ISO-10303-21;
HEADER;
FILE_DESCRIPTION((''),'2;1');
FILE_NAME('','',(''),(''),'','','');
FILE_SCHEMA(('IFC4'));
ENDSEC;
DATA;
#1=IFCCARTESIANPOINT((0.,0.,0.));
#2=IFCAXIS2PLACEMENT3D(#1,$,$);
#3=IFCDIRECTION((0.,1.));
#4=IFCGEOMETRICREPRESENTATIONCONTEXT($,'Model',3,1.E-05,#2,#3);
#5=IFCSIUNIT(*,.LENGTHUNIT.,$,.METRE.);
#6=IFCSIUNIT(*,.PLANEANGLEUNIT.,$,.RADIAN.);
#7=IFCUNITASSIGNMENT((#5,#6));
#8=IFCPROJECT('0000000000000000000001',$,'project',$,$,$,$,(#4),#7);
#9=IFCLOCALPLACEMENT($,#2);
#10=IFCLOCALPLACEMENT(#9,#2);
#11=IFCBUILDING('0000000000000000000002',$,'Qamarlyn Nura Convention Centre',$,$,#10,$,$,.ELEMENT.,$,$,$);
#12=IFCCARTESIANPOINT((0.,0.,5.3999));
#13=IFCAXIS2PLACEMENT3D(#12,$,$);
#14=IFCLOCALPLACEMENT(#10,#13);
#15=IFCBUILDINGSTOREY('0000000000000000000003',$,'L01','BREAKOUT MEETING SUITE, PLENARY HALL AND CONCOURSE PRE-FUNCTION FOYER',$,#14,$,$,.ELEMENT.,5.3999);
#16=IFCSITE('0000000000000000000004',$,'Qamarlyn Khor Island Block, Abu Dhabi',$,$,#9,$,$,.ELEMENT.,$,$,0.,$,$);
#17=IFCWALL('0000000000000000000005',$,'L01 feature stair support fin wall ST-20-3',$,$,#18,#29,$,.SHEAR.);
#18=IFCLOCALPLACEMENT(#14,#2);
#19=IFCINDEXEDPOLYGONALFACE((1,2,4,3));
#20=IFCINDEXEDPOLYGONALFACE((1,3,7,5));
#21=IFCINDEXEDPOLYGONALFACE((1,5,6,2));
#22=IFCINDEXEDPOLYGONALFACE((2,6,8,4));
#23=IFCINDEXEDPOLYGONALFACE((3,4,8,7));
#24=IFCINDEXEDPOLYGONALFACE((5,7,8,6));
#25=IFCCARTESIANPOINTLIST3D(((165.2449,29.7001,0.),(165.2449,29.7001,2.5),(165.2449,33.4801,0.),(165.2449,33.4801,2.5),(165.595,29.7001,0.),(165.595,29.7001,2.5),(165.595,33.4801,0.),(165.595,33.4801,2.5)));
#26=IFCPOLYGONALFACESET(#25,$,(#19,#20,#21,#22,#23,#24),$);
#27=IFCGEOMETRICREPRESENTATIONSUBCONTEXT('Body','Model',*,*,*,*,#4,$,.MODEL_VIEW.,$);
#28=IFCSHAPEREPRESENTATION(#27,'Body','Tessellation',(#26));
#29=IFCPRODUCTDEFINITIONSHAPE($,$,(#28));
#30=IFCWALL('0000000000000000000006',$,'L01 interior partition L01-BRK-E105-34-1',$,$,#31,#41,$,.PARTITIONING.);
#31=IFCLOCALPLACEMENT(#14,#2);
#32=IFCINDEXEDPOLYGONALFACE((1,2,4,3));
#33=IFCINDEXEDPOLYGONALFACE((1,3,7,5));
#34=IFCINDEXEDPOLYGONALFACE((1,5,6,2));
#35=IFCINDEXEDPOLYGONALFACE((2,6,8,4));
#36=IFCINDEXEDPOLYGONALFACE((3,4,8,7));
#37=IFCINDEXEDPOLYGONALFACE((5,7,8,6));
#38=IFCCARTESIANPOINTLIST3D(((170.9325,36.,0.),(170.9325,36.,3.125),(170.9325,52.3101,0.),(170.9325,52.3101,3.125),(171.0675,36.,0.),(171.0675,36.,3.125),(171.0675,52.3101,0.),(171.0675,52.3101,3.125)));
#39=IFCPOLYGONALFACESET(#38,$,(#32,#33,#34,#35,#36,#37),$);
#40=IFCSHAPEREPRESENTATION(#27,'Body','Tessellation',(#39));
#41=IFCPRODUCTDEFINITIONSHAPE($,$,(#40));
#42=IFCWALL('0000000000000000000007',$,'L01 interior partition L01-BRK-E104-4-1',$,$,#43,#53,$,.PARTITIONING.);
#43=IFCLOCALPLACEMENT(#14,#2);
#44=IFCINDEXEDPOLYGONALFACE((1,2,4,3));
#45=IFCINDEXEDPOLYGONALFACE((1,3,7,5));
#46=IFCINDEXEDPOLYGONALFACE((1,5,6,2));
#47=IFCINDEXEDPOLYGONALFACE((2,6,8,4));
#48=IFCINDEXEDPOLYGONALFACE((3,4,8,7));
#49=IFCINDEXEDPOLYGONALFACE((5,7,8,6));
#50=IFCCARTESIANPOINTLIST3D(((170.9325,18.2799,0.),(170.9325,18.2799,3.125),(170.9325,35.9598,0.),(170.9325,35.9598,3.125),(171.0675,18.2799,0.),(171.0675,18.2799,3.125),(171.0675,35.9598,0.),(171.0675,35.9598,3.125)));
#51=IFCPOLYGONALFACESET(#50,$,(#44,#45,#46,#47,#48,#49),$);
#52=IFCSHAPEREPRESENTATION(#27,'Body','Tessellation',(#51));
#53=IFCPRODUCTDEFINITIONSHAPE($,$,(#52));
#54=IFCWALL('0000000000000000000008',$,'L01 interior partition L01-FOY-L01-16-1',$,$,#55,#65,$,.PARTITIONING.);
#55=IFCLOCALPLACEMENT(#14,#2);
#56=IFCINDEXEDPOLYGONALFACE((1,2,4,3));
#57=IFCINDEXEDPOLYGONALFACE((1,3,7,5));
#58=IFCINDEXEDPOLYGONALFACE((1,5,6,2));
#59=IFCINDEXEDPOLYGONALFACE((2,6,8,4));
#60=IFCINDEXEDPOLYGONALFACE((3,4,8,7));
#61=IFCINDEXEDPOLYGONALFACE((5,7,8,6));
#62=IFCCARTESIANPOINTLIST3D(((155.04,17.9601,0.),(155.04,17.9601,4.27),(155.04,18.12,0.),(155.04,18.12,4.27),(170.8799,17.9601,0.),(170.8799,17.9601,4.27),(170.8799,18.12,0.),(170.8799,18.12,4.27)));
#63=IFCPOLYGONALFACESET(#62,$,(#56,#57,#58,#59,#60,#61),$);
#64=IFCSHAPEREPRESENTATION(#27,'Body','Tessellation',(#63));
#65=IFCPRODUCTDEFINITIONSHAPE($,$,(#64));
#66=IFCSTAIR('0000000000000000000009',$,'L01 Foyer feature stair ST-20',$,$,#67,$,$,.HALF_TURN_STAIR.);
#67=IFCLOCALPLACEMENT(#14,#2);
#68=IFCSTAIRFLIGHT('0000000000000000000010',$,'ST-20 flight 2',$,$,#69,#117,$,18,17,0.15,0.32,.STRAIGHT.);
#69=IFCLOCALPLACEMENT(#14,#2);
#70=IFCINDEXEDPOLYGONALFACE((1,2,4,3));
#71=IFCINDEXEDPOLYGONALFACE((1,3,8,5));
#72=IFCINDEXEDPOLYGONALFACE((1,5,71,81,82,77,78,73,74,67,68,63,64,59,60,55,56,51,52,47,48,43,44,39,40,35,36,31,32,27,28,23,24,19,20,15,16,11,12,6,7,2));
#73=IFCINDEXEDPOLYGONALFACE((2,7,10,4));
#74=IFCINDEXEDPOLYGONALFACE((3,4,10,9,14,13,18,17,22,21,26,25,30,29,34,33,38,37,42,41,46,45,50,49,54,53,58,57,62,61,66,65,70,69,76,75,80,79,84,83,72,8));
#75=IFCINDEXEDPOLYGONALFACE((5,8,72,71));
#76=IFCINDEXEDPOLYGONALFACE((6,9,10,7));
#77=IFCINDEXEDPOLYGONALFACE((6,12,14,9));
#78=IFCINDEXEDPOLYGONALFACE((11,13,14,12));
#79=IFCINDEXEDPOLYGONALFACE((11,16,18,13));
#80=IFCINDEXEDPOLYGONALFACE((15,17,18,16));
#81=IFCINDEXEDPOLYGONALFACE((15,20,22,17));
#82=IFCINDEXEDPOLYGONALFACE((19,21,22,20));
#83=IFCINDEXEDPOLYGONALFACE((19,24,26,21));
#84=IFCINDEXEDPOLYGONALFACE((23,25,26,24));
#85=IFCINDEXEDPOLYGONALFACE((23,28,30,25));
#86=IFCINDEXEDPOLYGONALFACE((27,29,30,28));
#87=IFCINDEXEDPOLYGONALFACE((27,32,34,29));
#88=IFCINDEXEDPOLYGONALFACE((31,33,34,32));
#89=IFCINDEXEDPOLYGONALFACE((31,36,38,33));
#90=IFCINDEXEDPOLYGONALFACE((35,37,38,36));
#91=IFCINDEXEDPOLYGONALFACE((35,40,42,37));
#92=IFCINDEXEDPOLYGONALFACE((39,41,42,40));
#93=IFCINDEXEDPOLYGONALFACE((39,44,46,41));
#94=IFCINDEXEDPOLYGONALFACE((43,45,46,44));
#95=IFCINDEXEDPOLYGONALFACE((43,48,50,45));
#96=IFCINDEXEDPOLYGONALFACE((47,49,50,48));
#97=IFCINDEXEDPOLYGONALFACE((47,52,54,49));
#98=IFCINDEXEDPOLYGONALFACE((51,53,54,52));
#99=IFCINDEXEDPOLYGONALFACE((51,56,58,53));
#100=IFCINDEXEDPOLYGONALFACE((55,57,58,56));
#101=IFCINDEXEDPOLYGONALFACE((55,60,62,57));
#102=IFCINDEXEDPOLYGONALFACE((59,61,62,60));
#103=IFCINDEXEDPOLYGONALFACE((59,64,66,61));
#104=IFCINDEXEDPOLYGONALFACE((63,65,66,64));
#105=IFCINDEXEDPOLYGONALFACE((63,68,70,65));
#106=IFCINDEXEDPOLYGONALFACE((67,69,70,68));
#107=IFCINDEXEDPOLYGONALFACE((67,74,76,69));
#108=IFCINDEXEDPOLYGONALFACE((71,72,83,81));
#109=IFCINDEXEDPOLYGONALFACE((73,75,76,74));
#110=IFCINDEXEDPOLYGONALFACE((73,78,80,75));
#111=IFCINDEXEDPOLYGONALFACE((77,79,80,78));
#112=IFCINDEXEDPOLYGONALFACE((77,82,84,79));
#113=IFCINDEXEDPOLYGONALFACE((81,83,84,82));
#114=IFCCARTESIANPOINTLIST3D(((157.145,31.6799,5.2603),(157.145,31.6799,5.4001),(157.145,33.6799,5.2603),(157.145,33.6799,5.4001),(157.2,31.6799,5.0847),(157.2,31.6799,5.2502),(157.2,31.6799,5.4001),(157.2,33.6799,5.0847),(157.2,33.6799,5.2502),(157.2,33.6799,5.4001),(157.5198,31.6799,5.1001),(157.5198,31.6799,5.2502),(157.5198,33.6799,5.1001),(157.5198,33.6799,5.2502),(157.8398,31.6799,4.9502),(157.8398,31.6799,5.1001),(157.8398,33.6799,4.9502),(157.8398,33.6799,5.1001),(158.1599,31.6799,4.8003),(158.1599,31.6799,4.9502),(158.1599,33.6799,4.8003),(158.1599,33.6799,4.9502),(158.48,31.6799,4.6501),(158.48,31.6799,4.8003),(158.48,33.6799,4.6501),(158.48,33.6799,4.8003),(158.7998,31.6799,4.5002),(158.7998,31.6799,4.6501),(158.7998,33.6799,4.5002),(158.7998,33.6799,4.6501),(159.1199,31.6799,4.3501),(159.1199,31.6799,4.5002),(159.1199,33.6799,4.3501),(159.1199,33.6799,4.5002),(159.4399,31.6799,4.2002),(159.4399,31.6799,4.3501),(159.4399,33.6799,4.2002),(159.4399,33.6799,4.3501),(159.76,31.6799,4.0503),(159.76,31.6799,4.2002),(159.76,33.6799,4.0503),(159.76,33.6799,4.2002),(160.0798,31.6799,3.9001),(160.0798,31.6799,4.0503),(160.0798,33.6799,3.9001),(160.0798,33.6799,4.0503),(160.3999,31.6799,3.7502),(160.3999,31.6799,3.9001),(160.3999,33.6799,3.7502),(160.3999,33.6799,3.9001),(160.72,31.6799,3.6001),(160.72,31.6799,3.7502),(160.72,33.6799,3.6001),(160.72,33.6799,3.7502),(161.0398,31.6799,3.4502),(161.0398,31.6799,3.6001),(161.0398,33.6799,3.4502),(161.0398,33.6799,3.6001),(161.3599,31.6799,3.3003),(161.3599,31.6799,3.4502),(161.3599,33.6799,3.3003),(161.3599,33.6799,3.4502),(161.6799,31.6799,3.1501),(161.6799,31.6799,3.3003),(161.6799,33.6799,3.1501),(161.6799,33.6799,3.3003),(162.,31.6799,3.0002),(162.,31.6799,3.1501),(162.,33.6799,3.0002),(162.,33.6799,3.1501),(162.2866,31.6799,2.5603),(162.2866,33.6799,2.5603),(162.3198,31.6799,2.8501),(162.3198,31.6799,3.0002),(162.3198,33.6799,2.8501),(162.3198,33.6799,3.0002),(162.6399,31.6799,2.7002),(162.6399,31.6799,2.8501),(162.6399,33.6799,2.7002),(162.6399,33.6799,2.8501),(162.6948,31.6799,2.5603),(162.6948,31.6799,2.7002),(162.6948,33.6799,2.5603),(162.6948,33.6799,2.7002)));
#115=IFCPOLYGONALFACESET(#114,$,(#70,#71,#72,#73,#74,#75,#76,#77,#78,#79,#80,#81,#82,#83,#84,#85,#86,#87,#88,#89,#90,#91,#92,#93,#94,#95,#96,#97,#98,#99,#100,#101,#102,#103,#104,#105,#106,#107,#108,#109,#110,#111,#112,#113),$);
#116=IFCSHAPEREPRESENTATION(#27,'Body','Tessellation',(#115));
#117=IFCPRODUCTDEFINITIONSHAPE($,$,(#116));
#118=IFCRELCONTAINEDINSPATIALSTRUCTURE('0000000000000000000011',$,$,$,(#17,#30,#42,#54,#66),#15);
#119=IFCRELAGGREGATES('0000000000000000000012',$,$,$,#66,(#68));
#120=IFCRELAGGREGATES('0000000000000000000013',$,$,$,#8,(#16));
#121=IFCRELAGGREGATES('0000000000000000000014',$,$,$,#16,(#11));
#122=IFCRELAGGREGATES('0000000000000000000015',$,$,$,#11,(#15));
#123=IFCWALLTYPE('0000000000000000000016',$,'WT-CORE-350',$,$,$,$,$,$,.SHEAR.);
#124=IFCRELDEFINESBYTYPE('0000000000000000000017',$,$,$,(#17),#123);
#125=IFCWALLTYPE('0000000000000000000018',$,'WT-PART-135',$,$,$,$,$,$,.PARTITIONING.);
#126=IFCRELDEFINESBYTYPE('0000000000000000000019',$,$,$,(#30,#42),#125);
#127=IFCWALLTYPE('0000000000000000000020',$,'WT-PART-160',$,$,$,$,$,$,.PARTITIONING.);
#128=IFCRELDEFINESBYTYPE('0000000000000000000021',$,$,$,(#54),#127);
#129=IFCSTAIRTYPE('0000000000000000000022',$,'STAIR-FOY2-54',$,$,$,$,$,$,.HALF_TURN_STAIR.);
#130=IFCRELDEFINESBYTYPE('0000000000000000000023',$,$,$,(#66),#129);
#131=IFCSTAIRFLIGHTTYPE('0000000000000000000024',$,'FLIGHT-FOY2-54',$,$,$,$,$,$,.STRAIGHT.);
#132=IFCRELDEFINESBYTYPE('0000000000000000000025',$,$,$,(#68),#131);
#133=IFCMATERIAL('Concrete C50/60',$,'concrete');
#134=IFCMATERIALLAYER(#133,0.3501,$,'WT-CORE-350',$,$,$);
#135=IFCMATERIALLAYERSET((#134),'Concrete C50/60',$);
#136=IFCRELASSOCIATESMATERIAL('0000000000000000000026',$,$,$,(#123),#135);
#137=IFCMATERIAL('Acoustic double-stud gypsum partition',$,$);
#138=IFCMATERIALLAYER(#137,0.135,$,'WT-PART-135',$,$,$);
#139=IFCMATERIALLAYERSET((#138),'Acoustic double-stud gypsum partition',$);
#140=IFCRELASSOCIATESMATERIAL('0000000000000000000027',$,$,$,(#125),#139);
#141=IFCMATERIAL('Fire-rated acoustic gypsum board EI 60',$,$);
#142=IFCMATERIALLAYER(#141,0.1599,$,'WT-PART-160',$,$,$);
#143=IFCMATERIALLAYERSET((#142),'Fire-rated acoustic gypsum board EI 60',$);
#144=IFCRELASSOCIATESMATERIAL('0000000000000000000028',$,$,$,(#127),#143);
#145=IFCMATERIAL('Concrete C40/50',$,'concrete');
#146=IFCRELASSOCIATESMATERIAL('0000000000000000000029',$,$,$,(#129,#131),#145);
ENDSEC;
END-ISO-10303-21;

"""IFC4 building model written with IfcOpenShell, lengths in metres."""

from ifc_helpers import new_model, si_unit, direction, frame, frame_2d, origin, place, context, subcontext, project, spatial, polyline, rectangle, outline, extrude, material, layer, layer_set, type_object, element, aggregate, save


model = new_model("IFC4")

# Units and contexts
model_context = context("Model", 3, precision=1e-05, world=origin(), true_north=direction((0.0, 1.0)))
body_context = subcontext(model_context, "Body", "Model", "MODEL_VIEW")
ifc_project = project(units=[si_unit("LENGTHUNIT", "METRE"), si_unit("PLANEANGLEUNIT", "RADIAN")], contexts=[model_context])

# Site, building, storey
site_placement = place(None, origin())
site = spatial("IfcSite", under=ifc_project, at=site_placement, Name="Qamarlyn Khor Island Block, Abu Dhabi", CompositionType="ELEMENT", RefElevation=0.0)
building_placement = place(site_placement, origin())
building = spatial("IfcBuilding", under=site, at=building_placement, Name="Qamarlyn Nura Convention Centre", CompositionType="ELEMENT")
storey_placement = place(building_placement, frame((0.0, 0.0, 5.3999)))
storey = spatial("IfcBuildingStorey", under=building, at=storey_placement, Name="L01", Description="BREAKOUT MEETING SUITE, PLENARY HALL AND CONCOURSE PRE-FUNCTION FOYER", CompositionType="ELEMENT", Elevation=5.3999)

# Walls
ifc_material_1 = material(Name="Concrete C50/60", Category="concrete")
ifc_layer_1 = layer(ifc_material_1, 0.3501, Name="WT-CORE-350")
ifc_layer_set_1 = layer_set([ifc_layer_1], Name="Concrete C50/60")
wall_type_1 = type_object("IfcWallType", Name="WT-CORE-350", PredefinedType="SHEAR", material=ifc_layer_set_1)
wall_1_placement = place(storey_placement, frame((165.4199, 29.7, 0.0), z_axis=(0.0, 0.0, 1.0), x_axis=(0.0, 1.0, 0.0)))
element("IfcWall", 1, at=wall_1_placement, inside=storey, type_object=wall_type_1, Name="L01 feature stair support fin wall ST-20-3", PredefinedType="SHEAR", context=body_context, shape_type="SweptSolid", body=[
    extrude(rectangle(XDim=3.78, YDim=0.3501, at=frame_2d((1.8901, 0.0))), origin(), (0.0, 0.0, 1.0), 2.5),
])
ifc_material_2 = material(Name="Acoustic double-stud gypsum partition")
ifc_layer_2 = layer(ifc_material_2, 0.135, Name="WT-PART-135")
ifc_layer_set_2 = layer_set([ifc_layer_2], Name="Acoustic double-stud gypsum partition")
wall_type_2 = type_object("IfcWallType", Name="WT-PART-135", PredefinedType="PARTITIONING", material=ifc_layer_set_2)
wall_2_placement = place(storey_placement, frame((171.0, 36.0, 0.0), z_axis=(0.0, 0.0, 1.0), x_axis=(0.0, 1.0, 0.0)))
element("IfcWall", 2, at=wall_2_placement, inside=storey, type_object=wall_type_2, Name="L01 interior partition L01-BRK-E105-34-1", PredefinedType="PARTITIONING", context=body_context, shape_type="SweptSolid", body=[
    extrude(rectangle(XDim=16.3101, YDim=0.135, at=frame_2d((8.155, 0.0))), origin(), (0.0, 0.0, 1.0), 3.125),
])
wall_3_placement = place(storey_placement, frame((171.0, 18.28, 0.0), z_axis=(0.0, 0.0, 1.0), x_axis=(0.0, 1.0, 0.0)))
element("IfcWall", 3, at=wall_3_placement, inside=storey, type_object=wall_type_2, Name="L01 interior partition L01-BRK-E104-4-1", PredefinedType="PARTITIONING", context=body_context, shape_type="SweptSolid", body=[
    extrude(rectangle(XDim=17.6799, YDim=0.135, at=frame_2d((8.8398, 0.0))), origin(), (0.0, 0.0, 1.0), 3.125),
])
ifc_material_3 = material(Name="Fire-rated acoustic gypsum board EI 60")
ifc_layer_3 = layer(ifc_material_3, 0.1599, Name="WT-PART-160")
ifc_layer_set_3 = layer_set([ifc_layer_3], Name="Fire-rated acoustic gypsum board EI 60")
wall_type_3 = type_object("IfcWallType", Name="WT-PART-160", PredefinedType="PARTITIONING", material=ifc_layer_set_3)
wall_4_placement = place(storey_placement, frame((170.8799, 18.04, 0.0), z_axis=(0.0, 0.0, 1.0), x_axis=(-1.0, 0.0, 0.0)))
element("IfcWall", 4, at=wall_4_placement, inside=storey, type_object=wall_type_3, Name="L01 interior partition L01-FOY-L01-16-1", PredefinedType="PARTITIONING", context=body_context, shape_type="SweptSolid", body=[
    extrude(rectangle(XDim=15.8398, YDim=0.1599, at=frame_2d((7.9199, 0.0))), origin(), (0.0, 0.0, 1.0), 4.27),
])

# Stair, stair flight
ifc_material_4 = material(Name="Concrete C40/50", Category="concrete")
stair_type = type_object("IfcStairType", Name="STAIR-FOY2-54", PredefinedType="HALF_TURN_STAIR", material=ifc_material_4)
stair_placement = place(storey_placement, origin())
stair = element("IfcStair", 5, at=stair_placement, inside=storey, type_object=stair_type, Name="L01 Foyer feature stair ST-20", PredefinedType="HALF_TURN_STAIR")
stair_flight_type = type_object("IfcStairFlightType", Name="FLIGHT-FOY2-54", PredefinedType="STRAIGHT", material=ifc_material_4)
stair_flight_placement = place(storey_placement, frame((162.6399, 32.6799, 2.7002), z_axis=(0.0, 0.0, 1.0), x_axis=(-1.0, 0.0, 0.0)))
stair_flight = element("IfcStairFlight", 6, at=stair_flight_placement, type_object=stair_flight_type, Name="ST-20 flight 2", NumberOfRisers=18, NumberOfTreads=17, PredefinedType="STRAIGHT", RiserHeight=0.15, TreadLength=0.32, context=body_context, shape_type="SweptSolid", body=[
    extrude(outline(polyline([(-0.0549, 0.0), (0.0, 0.0), (0.0, 0.1499), (0.3201, 0.1499), (0.3201, 0.3), (0.6399, 0.3), (0.6399, 0.45), (0.96, 0.45), (0.96, 0.6001), (1.28, 0.6001), (1.28, 0.75), (1.6001, 0.75), (1.6001, 0.8999), (1.9199, 0.8999), (1.9199, 1.05), (2.24, 1.05), (2.24, 1.2), (2.5601, 1.2), (2.5601, 1.3501), (2.8799, 1.3501), (2.8799, 1.5), (3.2, 1.5), (3.2, 1.6499), (3.52, 1.6499), (3.52, 1.8), (3.8401, 1.8), (3.8401, 1.95), (4.1599, 1.95), (4.1599, 2.1001), (4.48, 2.1001), (4.48, 2.25), (4.8, 2.25), (4.8, 2.3999), (5.1201, 2.3999), (5.1201, 2.55), (5.4399, 2.55), (5.4399, 2.7), (5.4949, 2.7), (5.4949, 2.5601), (5.4399, 2.3845), (0.3533, -0.1399), (-0.0549, -0.1399), (-0.0549, 0.0)])), frame((0.0, 1.0, 0.0), z_axis=(0.0, -1.0, 0.0), x_axis=(1.0, 0.0, 0.0)), (0.0, 0.0, 1.0), 2.0),
])
aggregate(stair, [stair_flight])

save(model, "model.ifc")
